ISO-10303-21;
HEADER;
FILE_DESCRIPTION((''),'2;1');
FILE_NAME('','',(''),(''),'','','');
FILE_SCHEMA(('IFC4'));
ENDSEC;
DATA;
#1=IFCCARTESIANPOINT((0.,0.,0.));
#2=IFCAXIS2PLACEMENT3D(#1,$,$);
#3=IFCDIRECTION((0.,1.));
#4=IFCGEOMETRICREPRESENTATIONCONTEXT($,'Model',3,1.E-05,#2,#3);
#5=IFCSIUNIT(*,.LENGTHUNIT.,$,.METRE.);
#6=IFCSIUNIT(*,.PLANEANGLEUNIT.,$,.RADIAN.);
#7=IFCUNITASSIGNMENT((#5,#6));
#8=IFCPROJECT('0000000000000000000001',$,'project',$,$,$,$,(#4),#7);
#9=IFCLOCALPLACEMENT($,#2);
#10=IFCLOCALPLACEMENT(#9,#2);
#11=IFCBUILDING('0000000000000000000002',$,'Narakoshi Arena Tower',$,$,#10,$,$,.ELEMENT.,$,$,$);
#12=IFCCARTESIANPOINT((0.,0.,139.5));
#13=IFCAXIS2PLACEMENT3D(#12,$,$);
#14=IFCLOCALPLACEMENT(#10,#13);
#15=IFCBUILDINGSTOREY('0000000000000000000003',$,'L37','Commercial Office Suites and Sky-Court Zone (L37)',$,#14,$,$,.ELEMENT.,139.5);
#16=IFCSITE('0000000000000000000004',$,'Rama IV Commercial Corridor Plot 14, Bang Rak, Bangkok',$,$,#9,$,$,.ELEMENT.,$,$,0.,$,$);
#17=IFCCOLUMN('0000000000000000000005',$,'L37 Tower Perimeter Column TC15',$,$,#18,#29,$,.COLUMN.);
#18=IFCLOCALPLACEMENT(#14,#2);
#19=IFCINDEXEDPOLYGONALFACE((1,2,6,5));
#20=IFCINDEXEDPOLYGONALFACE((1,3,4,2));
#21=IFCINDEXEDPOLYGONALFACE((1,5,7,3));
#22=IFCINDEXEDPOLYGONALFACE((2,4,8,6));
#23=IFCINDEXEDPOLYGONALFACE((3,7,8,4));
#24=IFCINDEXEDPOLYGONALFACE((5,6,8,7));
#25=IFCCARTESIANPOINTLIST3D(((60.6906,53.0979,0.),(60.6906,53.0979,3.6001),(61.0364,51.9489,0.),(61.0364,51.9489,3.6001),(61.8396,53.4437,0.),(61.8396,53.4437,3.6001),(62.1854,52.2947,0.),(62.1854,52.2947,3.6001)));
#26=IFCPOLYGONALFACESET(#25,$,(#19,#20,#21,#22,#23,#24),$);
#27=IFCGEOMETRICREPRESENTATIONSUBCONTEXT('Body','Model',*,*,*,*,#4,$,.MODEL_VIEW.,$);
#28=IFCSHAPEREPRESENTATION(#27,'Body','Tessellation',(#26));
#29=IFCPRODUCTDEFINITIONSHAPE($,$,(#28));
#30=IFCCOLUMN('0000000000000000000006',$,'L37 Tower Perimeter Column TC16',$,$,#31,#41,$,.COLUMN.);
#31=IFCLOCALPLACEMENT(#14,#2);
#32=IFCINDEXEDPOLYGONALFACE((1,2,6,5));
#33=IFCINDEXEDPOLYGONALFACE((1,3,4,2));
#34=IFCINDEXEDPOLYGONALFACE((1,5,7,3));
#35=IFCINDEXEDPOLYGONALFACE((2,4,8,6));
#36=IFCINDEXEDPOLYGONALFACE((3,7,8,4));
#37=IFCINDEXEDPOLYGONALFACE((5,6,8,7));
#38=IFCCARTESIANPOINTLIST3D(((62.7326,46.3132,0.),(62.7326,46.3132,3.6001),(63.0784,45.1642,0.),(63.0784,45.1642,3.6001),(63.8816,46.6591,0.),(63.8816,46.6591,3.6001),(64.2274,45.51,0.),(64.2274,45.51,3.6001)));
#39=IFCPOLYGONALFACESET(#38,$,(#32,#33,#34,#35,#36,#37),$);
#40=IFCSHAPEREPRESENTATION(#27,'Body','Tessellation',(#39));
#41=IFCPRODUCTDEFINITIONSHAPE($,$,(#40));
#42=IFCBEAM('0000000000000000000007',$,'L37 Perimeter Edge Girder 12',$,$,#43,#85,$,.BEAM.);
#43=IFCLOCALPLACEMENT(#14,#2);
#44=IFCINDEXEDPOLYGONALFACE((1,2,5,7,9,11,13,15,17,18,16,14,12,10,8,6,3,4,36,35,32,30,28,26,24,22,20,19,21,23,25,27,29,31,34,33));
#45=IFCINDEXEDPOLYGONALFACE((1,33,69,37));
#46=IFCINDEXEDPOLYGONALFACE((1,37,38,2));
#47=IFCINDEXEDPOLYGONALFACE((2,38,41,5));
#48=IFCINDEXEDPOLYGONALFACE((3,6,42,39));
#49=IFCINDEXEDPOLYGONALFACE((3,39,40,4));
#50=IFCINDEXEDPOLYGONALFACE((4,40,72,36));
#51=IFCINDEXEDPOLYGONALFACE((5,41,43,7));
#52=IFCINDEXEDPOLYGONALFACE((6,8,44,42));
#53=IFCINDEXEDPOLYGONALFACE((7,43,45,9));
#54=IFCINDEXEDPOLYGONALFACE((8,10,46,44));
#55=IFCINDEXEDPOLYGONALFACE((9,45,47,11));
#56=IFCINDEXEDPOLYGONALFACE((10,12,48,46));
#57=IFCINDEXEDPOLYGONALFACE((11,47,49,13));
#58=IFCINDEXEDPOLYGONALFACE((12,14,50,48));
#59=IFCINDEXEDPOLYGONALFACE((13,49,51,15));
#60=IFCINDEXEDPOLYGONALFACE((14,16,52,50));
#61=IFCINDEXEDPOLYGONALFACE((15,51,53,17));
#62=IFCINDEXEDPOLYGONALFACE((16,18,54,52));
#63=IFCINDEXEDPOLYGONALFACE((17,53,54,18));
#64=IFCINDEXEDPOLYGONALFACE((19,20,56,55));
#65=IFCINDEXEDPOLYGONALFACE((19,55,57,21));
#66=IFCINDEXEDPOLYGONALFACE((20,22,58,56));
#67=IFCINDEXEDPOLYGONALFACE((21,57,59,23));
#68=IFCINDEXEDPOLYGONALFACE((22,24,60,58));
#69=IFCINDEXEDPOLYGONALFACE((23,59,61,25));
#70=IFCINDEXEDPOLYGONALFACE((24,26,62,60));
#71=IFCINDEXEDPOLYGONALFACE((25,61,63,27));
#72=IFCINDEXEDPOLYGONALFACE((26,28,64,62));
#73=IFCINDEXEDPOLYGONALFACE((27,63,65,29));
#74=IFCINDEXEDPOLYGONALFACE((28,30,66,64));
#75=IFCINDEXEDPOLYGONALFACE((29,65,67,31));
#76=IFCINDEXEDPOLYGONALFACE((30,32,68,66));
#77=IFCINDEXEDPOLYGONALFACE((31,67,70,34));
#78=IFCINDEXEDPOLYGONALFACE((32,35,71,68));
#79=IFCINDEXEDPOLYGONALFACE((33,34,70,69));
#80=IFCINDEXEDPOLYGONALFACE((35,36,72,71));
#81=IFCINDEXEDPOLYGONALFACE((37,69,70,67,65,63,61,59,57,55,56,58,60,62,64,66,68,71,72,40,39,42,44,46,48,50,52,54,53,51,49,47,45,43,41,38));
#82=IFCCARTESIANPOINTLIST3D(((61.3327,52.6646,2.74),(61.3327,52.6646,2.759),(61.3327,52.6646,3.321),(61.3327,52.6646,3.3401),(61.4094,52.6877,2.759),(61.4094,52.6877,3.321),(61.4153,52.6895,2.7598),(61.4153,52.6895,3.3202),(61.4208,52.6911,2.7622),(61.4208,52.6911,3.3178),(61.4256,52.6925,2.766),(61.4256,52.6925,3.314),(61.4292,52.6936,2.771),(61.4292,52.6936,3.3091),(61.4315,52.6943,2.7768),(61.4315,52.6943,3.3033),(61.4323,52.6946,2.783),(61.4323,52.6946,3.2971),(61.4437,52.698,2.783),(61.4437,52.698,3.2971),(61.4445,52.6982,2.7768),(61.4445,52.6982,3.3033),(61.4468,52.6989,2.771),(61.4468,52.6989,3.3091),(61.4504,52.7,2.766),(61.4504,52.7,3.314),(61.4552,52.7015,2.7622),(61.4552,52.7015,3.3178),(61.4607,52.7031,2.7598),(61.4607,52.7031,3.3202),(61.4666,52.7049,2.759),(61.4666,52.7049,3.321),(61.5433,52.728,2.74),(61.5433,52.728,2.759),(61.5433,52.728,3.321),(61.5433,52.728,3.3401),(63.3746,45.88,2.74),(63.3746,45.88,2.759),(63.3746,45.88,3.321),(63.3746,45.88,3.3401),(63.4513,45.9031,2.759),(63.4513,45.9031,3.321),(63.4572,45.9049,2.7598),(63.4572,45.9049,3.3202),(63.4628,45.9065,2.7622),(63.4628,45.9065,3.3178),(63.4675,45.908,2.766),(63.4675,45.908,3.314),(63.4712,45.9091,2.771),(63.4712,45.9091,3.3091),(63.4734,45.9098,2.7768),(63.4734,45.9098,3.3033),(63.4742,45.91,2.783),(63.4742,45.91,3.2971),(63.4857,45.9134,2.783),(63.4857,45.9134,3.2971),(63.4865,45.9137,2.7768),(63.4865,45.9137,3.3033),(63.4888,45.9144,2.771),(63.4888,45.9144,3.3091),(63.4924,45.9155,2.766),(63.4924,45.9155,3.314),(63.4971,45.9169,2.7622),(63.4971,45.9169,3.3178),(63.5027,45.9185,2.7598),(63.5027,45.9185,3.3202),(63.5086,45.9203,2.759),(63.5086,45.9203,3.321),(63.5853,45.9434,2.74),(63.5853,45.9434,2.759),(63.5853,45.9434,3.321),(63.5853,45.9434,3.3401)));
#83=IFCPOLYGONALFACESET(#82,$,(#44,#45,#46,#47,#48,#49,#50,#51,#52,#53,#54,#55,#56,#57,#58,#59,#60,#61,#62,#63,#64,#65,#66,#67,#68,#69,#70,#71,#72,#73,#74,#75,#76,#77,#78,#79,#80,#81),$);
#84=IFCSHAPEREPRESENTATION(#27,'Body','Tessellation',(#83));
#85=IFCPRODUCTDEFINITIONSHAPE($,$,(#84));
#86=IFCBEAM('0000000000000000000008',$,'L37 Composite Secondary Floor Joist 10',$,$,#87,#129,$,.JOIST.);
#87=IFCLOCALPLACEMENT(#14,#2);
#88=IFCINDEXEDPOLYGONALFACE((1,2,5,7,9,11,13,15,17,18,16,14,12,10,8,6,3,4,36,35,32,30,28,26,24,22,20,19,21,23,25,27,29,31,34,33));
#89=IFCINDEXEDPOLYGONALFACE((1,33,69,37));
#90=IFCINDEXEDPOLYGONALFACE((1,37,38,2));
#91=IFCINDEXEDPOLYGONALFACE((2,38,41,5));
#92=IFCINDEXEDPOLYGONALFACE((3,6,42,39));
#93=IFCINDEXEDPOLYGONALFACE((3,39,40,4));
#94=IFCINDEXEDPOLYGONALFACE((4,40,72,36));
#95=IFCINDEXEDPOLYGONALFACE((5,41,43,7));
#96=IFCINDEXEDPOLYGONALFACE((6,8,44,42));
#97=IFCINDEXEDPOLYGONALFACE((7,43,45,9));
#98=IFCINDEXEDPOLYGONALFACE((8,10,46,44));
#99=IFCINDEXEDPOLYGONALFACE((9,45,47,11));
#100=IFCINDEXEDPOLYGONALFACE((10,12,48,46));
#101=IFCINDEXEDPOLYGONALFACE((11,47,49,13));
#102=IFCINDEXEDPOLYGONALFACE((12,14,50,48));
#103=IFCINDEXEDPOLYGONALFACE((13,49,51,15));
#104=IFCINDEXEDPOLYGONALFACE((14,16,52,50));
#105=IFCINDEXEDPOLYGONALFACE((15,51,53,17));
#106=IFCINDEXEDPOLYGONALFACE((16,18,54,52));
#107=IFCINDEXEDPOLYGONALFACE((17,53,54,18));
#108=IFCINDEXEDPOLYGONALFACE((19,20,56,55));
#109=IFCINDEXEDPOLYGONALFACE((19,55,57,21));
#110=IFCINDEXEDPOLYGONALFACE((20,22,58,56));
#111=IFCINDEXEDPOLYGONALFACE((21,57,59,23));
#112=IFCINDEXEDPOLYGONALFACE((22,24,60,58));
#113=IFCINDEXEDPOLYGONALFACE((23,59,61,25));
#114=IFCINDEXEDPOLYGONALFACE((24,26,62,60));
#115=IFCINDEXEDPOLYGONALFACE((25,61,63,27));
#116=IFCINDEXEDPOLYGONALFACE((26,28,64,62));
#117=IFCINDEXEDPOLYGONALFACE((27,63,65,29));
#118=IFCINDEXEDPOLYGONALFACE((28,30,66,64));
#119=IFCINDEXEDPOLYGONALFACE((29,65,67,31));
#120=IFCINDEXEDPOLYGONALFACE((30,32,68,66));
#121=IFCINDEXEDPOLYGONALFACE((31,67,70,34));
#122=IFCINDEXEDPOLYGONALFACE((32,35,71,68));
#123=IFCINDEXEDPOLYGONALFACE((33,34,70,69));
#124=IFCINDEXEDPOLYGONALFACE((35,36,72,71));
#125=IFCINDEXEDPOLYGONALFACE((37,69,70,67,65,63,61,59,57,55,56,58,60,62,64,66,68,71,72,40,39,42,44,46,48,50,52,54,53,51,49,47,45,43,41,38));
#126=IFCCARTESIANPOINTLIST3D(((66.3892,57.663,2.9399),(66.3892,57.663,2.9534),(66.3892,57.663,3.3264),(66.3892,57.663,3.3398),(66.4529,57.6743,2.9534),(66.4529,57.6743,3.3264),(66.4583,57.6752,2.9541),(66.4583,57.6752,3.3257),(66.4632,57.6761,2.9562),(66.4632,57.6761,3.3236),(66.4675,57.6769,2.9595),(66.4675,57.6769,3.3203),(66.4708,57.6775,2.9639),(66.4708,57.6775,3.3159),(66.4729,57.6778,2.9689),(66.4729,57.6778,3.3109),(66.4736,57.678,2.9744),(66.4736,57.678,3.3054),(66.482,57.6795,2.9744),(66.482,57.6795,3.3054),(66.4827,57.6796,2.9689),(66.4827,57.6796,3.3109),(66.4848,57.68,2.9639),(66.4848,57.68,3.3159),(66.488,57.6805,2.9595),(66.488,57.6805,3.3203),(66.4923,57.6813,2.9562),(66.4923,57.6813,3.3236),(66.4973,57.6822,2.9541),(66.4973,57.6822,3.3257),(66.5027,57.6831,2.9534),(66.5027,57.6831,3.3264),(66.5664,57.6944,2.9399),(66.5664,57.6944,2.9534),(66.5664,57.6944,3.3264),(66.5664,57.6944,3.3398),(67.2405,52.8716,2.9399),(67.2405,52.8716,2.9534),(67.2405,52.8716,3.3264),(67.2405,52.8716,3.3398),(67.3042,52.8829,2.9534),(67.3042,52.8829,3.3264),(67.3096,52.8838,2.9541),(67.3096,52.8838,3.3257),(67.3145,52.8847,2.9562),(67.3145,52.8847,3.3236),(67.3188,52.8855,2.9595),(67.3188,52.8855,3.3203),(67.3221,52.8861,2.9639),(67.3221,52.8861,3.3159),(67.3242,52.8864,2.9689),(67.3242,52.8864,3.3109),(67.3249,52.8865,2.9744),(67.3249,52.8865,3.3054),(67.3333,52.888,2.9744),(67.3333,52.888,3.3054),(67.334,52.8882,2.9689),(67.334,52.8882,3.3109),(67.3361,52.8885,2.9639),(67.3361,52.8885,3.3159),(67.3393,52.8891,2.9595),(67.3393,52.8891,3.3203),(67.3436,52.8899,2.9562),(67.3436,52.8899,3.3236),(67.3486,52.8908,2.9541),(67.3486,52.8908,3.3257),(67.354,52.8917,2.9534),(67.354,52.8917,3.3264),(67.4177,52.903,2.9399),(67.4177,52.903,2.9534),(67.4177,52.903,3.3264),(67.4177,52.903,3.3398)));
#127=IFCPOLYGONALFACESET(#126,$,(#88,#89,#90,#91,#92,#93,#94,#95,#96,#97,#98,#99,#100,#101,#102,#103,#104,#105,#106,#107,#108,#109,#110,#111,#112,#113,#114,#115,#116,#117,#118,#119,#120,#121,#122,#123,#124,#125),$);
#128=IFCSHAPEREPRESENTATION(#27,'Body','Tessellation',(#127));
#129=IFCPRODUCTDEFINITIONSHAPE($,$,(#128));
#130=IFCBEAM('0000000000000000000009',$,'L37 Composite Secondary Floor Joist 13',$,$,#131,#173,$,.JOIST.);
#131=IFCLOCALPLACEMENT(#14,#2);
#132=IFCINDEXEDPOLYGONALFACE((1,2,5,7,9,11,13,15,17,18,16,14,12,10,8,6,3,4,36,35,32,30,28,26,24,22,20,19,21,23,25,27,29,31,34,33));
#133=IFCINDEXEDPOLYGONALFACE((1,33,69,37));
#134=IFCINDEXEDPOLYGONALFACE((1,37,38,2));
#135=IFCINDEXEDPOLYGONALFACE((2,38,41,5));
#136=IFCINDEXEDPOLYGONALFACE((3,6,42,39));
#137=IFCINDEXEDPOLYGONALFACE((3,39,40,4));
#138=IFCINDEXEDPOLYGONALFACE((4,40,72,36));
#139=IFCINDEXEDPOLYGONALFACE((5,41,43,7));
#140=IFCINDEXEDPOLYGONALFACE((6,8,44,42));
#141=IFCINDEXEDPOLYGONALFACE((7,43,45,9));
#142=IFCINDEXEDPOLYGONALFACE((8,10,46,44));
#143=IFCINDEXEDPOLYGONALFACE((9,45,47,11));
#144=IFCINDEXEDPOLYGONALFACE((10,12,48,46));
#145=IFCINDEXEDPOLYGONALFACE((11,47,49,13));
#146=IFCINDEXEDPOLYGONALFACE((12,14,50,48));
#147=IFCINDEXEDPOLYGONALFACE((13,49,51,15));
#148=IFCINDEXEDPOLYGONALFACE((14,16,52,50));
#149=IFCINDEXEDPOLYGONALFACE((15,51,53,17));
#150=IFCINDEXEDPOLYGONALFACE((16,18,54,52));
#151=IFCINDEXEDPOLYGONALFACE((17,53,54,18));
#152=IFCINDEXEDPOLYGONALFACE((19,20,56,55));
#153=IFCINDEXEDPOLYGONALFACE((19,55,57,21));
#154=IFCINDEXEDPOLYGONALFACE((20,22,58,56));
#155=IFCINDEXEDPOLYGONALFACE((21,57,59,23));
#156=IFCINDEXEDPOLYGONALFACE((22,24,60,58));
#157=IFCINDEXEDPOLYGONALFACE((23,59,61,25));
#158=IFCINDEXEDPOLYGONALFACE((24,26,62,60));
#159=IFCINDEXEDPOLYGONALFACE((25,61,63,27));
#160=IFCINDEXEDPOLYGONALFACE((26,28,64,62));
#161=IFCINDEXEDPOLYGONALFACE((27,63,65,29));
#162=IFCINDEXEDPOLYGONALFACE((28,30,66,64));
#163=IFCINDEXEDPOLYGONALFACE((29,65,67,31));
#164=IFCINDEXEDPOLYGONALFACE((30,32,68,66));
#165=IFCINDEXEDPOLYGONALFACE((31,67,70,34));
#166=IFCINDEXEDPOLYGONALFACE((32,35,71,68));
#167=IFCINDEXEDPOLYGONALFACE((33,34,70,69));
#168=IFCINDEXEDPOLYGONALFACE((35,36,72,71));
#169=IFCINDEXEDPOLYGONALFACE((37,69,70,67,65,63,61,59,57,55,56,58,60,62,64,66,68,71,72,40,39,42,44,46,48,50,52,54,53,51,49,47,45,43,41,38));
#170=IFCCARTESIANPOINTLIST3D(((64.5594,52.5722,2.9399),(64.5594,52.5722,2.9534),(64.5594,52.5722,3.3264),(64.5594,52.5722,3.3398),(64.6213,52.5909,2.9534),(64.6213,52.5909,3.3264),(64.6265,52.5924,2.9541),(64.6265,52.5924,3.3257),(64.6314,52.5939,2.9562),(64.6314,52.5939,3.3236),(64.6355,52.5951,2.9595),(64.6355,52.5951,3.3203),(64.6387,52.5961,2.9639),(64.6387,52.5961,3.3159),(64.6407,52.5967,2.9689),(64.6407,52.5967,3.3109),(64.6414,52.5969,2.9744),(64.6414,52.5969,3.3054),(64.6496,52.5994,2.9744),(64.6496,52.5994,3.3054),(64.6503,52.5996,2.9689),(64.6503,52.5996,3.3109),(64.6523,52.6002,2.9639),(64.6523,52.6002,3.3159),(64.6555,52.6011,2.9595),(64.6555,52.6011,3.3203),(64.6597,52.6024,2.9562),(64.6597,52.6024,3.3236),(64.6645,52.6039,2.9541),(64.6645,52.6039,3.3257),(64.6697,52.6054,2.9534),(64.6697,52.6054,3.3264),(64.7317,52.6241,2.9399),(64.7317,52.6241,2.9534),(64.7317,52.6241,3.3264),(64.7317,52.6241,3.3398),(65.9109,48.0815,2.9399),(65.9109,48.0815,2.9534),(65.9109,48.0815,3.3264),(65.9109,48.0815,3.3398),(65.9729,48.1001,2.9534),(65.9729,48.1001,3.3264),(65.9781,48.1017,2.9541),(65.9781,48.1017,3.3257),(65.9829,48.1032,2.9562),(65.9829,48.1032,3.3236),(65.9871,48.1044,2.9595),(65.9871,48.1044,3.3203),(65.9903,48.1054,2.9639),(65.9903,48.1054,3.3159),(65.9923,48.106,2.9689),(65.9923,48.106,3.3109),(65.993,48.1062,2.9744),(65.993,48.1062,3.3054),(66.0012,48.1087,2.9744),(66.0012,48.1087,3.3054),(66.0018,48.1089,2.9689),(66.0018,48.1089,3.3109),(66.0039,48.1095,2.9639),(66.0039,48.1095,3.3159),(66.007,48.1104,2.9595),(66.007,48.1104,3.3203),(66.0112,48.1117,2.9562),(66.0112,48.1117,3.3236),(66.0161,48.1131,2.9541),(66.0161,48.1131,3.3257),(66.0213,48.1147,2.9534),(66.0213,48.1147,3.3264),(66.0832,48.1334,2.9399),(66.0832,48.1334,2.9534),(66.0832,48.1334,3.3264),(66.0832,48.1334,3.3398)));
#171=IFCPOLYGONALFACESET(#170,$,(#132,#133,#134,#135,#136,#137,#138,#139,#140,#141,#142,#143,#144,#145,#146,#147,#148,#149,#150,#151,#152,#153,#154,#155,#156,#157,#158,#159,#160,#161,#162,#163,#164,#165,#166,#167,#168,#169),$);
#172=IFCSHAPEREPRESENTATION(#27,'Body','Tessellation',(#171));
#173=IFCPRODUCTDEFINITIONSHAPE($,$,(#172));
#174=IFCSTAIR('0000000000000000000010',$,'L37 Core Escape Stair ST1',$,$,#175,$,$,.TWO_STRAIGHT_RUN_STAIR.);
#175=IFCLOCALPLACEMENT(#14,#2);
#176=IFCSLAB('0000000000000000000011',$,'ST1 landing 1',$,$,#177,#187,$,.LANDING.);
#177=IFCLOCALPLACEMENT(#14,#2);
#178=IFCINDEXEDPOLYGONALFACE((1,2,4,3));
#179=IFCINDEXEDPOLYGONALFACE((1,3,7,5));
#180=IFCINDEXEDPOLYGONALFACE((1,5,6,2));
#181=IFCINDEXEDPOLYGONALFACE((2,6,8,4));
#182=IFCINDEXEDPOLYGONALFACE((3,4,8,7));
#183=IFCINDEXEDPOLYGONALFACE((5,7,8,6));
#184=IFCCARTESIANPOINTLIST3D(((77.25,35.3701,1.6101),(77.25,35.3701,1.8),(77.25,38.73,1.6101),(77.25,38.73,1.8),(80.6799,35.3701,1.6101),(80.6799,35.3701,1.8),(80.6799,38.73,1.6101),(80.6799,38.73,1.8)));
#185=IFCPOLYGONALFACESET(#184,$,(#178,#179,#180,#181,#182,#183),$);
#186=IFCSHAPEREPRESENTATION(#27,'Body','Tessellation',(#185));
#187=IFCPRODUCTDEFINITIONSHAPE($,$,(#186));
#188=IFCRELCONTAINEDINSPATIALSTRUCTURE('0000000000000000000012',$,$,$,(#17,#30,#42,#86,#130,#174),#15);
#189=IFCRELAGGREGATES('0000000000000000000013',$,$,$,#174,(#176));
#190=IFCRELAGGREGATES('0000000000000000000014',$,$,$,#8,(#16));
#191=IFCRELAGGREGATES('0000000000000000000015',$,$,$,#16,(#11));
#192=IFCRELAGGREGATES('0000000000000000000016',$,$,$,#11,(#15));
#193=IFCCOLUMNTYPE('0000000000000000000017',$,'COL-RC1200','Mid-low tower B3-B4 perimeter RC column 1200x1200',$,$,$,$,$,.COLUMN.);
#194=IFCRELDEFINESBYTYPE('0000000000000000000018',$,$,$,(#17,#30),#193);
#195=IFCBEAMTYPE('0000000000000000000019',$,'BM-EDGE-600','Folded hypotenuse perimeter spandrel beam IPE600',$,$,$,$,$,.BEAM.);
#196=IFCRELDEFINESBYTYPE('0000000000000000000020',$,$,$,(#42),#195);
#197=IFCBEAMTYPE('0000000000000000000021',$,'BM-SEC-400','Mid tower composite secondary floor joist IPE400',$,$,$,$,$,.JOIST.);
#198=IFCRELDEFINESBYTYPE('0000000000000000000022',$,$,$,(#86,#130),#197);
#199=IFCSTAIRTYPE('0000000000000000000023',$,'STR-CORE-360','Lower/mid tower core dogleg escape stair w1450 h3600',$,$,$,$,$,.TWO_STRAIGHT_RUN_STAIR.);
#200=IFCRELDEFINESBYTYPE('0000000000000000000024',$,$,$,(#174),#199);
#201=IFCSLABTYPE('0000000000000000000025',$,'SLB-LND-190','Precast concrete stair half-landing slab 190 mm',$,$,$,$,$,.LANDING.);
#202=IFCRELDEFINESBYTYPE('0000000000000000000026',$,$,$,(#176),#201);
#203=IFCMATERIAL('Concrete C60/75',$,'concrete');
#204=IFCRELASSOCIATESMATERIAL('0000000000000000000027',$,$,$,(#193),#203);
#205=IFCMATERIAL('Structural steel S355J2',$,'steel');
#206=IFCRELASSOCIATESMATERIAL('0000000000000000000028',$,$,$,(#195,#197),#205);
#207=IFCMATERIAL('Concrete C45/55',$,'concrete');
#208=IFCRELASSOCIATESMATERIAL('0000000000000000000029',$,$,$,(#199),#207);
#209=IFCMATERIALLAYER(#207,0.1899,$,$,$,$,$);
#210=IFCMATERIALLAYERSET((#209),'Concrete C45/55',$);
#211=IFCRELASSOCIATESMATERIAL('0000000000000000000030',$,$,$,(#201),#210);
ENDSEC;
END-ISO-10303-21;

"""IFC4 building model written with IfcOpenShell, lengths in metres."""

from ifc_helpers import new_model, si_unit, direction, frame, origin, origin_2d, place, context, subcontext, project, spatial, polyline, rectangle, i_section, outline, extrude, material, layer, layer_set, material_profile, profile_set, type_object, element, aggregate, save


model = new_model("IFC4")

# Units and contexts
model_context = context("Model", 3, precision=1e-05, world=origin(), true_north=direction((0.0, 1.0)))
body_context = subcontext(model_context, "Body", "Model", "MODEL_VIEW")
ifc_project = project(units=[si_unit("LENGTHUNIT", "METRE"), si_unit("PLANEANGLEUNIT", "RADIAN")], contexts=[model_context])

# Site, building, storey
site_placement = place(None, origin())
site = spatial("IfcSite", under=ifc_project, at=site_placement, Name="Rama IV Commercial Corridor Plot 14, Bang Rak, Bangkok", CompositionType="ELEMENT", RefElevation=0.0)
building_placement = place(site_placement, origin())
building = spatial("IfcBuilding", under=site, at=building_placement, Name="Narakoshi Arena Tower", CompositionType="ELEMENT")
storey_placement = place(building_placement, frame((0.0, 0.0, 139.5)))
storey = spatial("IfcBuildingStorey", under=building, at=storey_placement, Name="L37", Description="Commercial Office Suites and Sky-Court Zone (L37)", CompositionType="ELEMENT", Elevation=139.5)

# Columns
ifc_material_1 = material(Name="Concrete C60/75", Category="concrete")
ifc_material_profile_1 = material_profile(ifc_material_1, rectangle(XDim=1.2, YDim=1.2, at=origin_2d()), Name="RC1200x1200")
ifc_profile_set_1 = profile_set([ifc_material_profile_1], Name="Concrete C60/75")
column_type = type_object("IfcColumnType", Name="COL-RC1200", Description="Mid-low tower B3-B4 perimeter RC column 1200x1200", PredefinedType="COLUMN", material=ifc_profile_set_1)
for number, where, z_axis, x_axis, name in (
    (1, (61.438, 52.6963, 0.0), (0.0, 0.0, 1.0), (-0.288196, 0.957571, 0.0), "L37 Tower Perimeter Column TC15"),
    (2, (63.48, 45.9116, 0.0), (0.0, 0.0, 1.0), (-0.288196, 0.957571, 0.0), "L37 Tower Perimeter Column TC16"),
):
    element("IfcColumn", number, at=place(storey_placement, frame(where, z_axis=z_axis, x_axis=x_axis)), inside=storey, type_object=column_type, Name=name, PredefinedType="COLUMN", context=body_context, shape_type="SweptSolid", body=[
        extrude(rectangle(XDim=1.2, YDim=1.2, at=origin_2d()), origin(), (0.0, 0.0, 1.0), 3.6001),
    ])

# Beams
ifc_material_2 = material(Name="Structural steel S355J2", Category="steel")
ifc_material_profile_2 = material_profile(ifc_material_2, i_section(OverallWidth=0.22, OverallDepth=0.6001, WebThickness=0.012, FlangeThickness=0.019, FilletRadius=0.0239, at=origin_2d()), Name="IPE600")
ifc_profile_set_2 = profile_set([ifc_material_profile_2], Name="Structural steel S355J2")
beam_type_1 = type_object("IfcBeamType", Name="BM-EDGE-600", Description="Folded hypotenuse perimeter spandrel beam IPE600", PredefinedType="BEAM", material=ifc_profile_set_2)
beam_1_placement = place(storey_placement, frame((61.438, 52.6963, 3.04), z_axis=(0.288201, -0.95757, 0.0), x_axis=(0.95757, 0.288201, 0.0)))
element("IfcBeam", 3, at=beam_1_placement, inside=storey, type_object=beam_type_1, Name="L37 Perimeter Edge Girder 12", PredefinedType="BEAM", context=body_context, shape_type="SweptSolid", body=[
    extrude(i_section(OverallWidth=0.22, OverallDepth=0.6001, WebThickness=0.012, FlangeThickness=0.019, FilletRadius=0.0239, at=origin_2d()), origin(), (0.0, 0.0, 1.0), 7.0852),
])
ifc_material_profile_3 = material_profile(ifc_material_2, i_section(OverallWidth=0.1799, OverallDepth=0.3999, WebThickness=0.0085, FlangeThickness=0.0134, FilletRadius=0.021, at=origin_2d()), Name="IPE400")
ifc_profile_set_3 = profile_set([ifc_material_profile_3], Name="Structural steel S355J2")
beam_type_2 = type_object("IfcBeamType", Name="BM-SEC-400", Description="Mid tower composite secondary floor joist IPE400", PredefinedType="JOIST", material=ifc_profile_set_3)
beam_2_placement = place(storey_placement, frame((66.4778, 57.6787, 3.1399), z_axis=(0.174933, -0.98458, 0.0), x_axis=(0.98458, 0.174933, 0.0)))
element("IfcBeam", 4, at=beam_2_placement, inside=storey, type_object=beam_type_2, Name="L37 Composite Secondary Floor Joist 10", PredefinedType="JOIST", context=body_context, shape_type="SweptSolid", body=[
    extrude(i_section(OverallWidth=0.1799, OverallDepth=0.3999, WebThickness=0.0085, FlangeThickness=0.0134, FilletRadius=0.021, at=origin_2d()), origin(), (0.0, 0.0, 1.0), 4.8665),
])
beam_3_placement = place(storey_placement, frame((64.6455, 52.5981, 3.1399), z_axis=(0.288198, -0.957571, 0.0), x_axis=(0.957571, 0.288198, 0.0)))
element("IfcBeam", 5, at=beam_3_placement, inside=storey, type_object=beam_type_2, Name="L37 Composite Secondary Floor Joist 13", PredefinedType="JOIST", context=body_context, shape_type="SweptSolid", body=[
    extrude(i_section(OverallWidth=0.1799, OverallDepth=0.3999, WebThickness=0.0085, FlangeThickness=0.0134, FilletRadius=0.021, at=origin_2d()), origin(), (0.0, 0.0, 1.0), 4.6897),
])

# Stair, slab
ifc_material_3 = material(Name="Concrete C45/55", Category="concrete")
stair_type = type_object("IfcStairType", Name="STR-CORE-360", Description="Lower/mid tower core dogleg escape stair w1450 h3600", PredefinedType="TWO_STRAIGHT_RUN_STAIR", material=ifc_material_3)
stair_1_placement = place(storey_placement, origin())
stair_1 = element("IfcStair", 6, at=stair_1_placement, inside=storey, type_object=stair_type, Name="L37 Core Escape Stair ST1", PredefinedType="TWO_STRAIGHT_RUN_STAIR")
ifc_layer_1 = layer(ifc_material_3, 0.1899)
ifc_layer_set_1 = layer_set([ifc_layer_1], Name="Concrete C45/55")
slab_type_1 = type_object("IfcSlabType", Name="SLB-LND-190", Description="Precast concrete stair half-landing slab 190 mm", PredefinedType="LANDING", material=ifc_layer_set_1)
slab_1_placement = place(storey_placement, frame((0.0, 0.0, 1.6101)))
slab_1 = element("IfcSlab", 7, at=slab_1_placement, type_object=slab_type_1, Name="ST1 landing 1", PredefinedType="LANDING", context=body_context, shape_type="SweptSolid", body=[
    extrude(outline(polyline([(77.25, 35.3701), (80.6799, 35.3701), (80.6799, 38.73), (77.25, 38.73), (77.25, 35.3701)])), origin(), (0.0, 0.0, 1.0), 0.1899),
])
aggregate(stair_1, [slab_1])

save(model, "model.ifc")
